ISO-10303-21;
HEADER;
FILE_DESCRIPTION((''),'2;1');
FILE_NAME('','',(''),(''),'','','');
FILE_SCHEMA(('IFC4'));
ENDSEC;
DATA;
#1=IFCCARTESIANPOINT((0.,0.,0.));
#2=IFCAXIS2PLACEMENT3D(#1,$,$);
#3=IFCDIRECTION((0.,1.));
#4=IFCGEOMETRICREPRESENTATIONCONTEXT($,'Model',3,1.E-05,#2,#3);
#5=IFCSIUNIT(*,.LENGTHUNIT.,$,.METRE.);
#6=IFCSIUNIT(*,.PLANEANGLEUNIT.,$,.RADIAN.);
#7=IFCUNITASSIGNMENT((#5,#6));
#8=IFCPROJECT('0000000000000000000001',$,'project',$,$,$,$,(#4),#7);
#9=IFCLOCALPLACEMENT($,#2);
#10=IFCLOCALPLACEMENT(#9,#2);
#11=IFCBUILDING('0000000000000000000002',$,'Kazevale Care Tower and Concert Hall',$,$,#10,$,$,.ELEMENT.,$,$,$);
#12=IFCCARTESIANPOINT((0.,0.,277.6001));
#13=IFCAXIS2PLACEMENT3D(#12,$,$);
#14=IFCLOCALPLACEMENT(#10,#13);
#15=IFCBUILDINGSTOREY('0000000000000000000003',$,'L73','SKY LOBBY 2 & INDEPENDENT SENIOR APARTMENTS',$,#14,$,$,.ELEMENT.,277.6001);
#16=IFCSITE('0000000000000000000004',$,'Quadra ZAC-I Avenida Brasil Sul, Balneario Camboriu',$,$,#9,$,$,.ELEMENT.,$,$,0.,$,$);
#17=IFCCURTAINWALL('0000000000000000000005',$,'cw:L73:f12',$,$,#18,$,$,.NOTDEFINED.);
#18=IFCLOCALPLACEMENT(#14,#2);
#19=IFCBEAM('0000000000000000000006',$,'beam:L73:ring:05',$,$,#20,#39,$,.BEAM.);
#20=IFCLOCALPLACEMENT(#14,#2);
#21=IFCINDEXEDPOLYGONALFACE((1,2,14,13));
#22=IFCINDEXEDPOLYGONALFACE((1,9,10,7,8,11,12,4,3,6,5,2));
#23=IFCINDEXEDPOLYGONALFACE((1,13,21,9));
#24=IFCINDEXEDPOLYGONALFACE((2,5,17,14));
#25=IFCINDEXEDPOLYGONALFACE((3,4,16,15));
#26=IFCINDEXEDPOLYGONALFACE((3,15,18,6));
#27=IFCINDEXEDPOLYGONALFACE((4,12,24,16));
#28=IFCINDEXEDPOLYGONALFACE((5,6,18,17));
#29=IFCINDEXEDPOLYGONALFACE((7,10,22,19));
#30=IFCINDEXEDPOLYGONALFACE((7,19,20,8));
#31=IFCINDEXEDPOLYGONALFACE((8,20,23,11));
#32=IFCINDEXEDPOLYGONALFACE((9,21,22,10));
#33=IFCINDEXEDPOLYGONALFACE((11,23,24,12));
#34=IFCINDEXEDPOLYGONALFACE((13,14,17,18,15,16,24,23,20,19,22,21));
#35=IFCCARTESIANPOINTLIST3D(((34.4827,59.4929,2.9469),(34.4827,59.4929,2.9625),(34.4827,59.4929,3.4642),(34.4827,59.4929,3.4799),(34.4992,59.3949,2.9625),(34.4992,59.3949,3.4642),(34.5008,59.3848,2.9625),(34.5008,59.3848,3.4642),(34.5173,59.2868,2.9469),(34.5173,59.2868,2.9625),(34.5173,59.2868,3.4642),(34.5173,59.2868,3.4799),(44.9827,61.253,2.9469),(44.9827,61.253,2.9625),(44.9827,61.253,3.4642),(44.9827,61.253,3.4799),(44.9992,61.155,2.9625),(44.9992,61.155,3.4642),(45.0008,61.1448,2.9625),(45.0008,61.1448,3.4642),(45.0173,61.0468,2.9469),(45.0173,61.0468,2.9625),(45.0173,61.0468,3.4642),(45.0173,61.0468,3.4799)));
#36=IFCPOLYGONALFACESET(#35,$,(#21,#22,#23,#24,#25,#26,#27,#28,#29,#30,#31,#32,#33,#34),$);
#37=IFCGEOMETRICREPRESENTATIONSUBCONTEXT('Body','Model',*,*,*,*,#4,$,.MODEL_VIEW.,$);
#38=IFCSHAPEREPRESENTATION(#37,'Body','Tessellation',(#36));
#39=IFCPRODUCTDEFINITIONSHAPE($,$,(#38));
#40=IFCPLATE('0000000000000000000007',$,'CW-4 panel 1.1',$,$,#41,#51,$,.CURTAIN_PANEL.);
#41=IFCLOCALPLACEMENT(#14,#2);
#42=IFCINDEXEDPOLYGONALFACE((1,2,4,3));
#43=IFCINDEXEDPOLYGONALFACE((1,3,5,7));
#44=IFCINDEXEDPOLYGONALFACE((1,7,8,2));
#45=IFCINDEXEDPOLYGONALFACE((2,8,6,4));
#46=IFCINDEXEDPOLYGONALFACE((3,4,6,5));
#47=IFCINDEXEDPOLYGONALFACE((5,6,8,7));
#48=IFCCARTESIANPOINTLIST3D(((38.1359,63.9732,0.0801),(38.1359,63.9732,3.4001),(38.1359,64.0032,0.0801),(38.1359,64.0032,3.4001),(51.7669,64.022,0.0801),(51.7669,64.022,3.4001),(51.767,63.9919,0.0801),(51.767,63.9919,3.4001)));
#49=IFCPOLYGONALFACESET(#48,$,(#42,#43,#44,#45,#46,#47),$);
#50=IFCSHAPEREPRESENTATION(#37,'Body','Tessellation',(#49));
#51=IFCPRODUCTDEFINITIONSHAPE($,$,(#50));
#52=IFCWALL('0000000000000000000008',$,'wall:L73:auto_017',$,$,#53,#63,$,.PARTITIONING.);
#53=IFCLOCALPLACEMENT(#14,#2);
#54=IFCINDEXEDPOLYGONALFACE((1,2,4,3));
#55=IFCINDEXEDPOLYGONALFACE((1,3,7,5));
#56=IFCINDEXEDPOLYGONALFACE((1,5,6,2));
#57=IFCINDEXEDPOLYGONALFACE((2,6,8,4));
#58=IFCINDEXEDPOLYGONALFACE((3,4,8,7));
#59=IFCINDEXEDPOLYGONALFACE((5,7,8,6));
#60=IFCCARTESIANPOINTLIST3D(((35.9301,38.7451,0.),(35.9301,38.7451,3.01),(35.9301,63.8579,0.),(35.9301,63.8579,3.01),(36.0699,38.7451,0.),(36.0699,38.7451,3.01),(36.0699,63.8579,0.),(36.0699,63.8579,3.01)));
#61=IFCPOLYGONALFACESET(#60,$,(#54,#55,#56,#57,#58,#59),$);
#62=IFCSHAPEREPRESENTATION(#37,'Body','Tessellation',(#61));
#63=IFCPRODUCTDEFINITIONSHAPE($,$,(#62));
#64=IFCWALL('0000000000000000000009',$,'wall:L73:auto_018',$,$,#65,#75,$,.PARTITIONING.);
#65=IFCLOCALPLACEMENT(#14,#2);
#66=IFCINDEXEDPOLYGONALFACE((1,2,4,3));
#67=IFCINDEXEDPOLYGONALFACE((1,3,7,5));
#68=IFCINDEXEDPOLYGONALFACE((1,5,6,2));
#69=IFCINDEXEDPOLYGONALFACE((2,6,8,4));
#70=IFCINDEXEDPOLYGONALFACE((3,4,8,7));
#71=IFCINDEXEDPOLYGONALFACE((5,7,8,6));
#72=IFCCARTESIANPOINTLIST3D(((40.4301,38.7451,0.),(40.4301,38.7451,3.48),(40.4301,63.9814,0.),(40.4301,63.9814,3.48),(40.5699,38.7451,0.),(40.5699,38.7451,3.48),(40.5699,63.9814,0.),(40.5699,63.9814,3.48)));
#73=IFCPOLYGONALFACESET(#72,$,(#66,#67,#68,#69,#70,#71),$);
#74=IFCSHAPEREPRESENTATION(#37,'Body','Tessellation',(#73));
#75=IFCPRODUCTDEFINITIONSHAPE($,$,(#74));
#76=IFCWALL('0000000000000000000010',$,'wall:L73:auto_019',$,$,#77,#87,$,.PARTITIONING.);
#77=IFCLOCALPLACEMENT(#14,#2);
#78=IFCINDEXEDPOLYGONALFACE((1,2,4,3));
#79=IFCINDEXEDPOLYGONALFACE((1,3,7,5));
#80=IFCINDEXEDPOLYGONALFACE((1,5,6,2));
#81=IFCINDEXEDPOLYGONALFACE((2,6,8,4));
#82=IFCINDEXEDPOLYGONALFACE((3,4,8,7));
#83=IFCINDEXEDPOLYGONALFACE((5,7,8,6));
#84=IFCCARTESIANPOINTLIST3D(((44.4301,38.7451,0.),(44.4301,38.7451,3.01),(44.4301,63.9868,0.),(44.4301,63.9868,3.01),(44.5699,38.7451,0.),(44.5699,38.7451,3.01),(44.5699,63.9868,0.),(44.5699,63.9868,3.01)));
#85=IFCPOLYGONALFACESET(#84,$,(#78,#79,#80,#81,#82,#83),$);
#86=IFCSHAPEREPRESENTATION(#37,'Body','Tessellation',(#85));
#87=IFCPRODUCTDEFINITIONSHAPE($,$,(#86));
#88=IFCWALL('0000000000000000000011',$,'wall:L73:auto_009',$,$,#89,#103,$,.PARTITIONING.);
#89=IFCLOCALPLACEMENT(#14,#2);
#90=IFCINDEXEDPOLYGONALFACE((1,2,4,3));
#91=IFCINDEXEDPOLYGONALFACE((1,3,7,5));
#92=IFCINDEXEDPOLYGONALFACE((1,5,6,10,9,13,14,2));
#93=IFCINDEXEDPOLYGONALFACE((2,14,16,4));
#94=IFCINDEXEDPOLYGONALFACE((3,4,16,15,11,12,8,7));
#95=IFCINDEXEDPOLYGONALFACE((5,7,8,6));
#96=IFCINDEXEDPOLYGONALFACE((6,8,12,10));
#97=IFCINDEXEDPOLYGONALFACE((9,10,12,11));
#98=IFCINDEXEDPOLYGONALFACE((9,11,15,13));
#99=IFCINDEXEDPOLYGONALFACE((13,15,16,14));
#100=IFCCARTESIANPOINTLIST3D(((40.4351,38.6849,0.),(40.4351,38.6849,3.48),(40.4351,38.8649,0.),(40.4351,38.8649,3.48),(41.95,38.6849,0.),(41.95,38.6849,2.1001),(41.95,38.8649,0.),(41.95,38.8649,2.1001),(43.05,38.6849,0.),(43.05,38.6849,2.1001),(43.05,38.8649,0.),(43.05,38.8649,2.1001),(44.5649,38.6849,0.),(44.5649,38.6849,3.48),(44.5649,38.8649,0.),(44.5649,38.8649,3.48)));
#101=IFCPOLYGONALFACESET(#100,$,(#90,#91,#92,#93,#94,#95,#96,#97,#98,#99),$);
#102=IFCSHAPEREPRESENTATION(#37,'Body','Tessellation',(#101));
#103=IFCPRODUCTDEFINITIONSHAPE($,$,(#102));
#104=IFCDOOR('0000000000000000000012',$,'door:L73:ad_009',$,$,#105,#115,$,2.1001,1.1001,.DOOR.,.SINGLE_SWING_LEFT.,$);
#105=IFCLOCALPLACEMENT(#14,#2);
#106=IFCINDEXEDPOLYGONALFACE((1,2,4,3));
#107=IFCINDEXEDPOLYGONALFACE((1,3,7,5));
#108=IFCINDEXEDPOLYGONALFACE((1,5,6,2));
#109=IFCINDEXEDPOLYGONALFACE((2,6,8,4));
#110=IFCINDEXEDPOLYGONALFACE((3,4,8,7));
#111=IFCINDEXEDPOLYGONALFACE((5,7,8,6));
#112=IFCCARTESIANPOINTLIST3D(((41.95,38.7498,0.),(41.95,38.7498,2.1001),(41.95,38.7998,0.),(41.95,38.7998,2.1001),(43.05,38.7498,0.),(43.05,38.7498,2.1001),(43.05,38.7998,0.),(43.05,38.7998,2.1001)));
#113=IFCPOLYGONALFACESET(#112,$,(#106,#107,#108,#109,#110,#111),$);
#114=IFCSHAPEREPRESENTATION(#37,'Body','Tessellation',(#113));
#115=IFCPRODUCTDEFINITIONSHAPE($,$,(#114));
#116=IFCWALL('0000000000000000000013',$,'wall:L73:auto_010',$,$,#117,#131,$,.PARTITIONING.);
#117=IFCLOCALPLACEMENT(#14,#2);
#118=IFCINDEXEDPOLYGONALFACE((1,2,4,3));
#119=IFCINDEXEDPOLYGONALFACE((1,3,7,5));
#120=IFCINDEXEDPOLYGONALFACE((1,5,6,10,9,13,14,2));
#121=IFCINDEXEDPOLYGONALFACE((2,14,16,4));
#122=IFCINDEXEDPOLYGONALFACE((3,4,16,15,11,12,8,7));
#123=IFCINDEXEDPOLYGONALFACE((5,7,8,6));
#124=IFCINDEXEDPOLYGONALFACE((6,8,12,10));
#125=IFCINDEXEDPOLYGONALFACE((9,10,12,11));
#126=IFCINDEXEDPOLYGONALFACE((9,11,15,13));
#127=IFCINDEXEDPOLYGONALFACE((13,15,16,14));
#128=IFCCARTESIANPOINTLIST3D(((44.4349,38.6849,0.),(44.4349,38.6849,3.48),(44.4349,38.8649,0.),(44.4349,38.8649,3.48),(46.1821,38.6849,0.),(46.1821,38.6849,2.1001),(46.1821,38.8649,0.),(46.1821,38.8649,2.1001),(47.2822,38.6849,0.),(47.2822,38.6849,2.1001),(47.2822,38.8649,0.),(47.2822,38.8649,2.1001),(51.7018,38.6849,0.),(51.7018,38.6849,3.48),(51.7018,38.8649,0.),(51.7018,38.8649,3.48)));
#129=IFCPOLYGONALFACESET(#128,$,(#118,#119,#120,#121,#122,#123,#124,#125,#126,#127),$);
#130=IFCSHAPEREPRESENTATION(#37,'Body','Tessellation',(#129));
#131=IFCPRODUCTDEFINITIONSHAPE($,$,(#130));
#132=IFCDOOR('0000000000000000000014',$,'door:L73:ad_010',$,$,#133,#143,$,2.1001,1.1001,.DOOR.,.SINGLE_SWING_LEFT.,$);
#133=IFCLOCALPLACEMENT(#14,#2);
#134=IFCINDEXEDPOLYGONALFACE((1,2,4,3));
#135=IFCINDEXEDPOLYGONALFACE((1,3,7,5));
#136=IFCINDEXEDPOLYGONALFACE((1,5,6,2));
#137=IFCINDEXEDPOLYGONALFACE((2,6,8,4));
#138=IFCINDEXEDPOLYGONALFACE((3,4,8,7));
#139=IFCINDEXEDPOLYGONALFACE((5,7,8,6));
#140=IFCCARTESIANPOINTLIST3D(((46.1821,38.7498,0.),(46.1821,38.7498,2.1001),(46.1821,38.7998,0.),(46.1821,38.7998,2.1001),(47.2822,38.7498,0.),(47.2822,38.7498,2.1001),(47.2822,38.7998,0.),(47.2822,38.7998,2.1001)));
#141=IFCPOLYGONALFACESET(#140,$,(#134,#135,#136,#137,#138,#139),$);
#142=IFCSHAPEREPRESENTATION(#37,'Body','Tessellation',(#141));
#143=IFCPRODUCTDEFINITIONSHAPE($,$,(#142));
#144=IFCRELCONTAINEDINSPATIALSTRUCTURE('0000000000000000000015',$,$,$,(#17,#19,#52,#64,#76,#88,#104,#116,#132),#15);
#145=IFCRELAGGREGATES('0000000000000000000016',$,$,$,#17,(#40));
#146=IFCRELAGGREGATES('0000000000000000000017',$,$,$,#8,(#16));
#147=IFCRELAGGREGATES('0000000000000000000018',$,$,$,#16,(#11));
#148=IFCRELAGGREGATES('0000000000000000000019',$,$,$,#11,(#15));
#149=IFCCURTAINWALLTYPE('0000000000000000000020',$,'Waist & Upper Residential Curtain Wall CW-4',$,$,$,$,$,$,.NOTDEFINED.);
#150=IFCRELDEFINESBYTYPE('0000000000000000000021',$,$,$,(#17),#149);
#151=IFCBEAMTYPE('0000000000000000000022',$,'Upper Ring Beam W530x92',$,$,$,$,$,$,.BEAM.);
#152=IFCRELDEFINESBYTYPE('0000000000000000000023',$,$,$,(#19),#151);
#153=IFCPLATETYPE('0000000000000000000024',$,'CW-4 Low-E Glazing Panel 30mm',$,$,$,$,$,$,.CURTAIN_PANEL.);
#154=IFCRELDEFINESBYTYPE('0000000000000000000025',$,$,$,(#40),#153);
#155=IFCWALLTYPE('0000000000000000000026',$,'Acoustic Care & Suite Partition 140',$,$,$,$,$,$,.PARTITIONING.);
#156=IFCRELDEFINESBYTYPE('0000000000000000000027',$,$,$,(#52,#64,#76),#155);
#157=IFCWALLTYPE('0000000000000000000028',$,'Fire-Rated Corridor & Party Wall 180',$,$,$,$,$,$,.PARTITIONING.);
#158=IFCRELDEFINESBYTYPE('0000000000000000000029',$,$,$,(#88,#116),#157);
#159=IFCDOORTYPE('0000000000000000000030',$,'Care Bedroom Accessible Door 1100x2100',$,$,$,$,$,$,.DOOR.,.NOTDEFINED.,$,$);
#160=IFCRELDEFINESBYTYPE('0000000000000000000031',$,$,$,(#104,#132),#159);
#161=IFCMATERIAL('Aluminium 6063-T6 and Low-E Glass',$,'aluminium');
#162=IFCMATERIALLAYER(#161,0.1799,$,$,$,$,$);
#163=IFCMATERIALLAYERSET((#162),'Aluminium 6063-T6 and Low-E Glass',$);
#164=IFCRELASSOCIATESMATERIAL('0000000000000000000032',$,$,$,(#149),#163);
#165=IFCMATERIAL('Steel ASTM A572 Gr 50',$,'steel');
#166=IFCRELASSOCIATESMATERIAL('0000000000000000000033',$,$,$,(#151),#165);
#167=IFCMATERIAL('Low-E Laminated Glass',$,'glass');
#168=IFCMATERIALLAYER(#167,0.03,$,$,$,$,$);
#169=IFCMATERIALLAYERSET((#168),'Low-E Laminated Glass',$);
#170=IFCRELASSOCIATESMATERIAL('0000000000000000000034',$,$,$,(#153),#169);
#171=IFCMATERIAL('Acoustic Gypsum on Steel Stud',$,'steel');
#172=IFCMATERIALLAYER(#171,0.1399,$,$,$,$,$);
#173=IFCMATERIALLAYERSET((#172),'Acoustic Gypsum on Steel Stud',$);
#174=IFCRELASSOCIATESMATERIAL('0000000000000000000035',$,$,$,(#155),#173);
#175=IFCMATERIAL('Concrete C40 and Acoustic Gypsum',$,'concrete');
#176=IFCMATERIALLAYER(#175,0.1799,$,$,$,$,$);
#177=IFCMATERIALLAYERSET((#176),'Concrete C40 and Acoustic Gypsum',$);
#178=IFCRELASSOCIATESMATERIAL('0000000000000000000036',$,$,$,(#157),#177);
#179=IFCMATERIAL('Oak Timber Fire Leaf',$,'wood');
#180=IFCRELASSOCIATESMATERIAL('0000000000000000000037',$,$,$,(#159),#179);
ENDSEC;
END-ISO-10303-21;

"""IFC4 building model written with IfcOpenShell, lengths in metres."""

from ifc_helpers import new_model, si_unit, direction, frame, frame_2d, origin, origin_2d, place, context, subcontext, project, spatial, rectangle, i_section, extrude, material, layer, layer_set, material_profile, profile_set, type_object, element, fill, aggregate, save


model = new_model("IFC4")

# Units and contexts
model_context = context("Model", 3, precision=1e-05, world=origin(), true_north=direction((0.0, 1.0)))
body_context = subcontext(model_context, "Body", "Model", "MODEL_VIEW")
ifc_project = project(units=[si_unit("LENGTHUNIT", "METRE"), si_unit("PLANEANGLEUNIT", "RADIAN")], contexts=[model_context])

# Site, building, storey
site_placement = place(None, origin())
site = spatial("IfcSite", under=ifc_project, at=site_placement, Name="Quadra ZAC-I Avenida Brasil Sul, Balneario Camboriu", CompositionType="ELEMENT", RefElevation=0.0)
building_placement = place(site_placement, origin())
building = spatial("IfcBuilding", under=site, at=building_placement, Name="Kazevale Care Tower and Concert Hall", CompositionType="ELEMENT")
storey_placement = place(building_placement, frame((0.0, 0.0, 277.6001)))
storey = spatial("IfcBuildingStorey", under=building, at=storey_placement, Name="L73", Description="SKY LOBBY 2 & INDEPENDENT SENIOR APARTMENTS", CompositionType="ELEMENT", Elevation=277.6001)

# Shared definitions
ifc_material_1 = material(Name="Aluminium 6063-T6 and Low-E Glass", Category="aluminium")
ifc_layer_1 = layer(ifc_material_1, 0.1799)
ifc_layer_set_1 = layer_set([ifc_layer_1], Name="Aluminium 6063-T6 and Low-E Glass")
curtain_wall_type = type_object("IfcCurtainWallType", Name="Waist & Upper Residential Curtain Wall CW-4", PredefinedType="NOTDEFINED", material=ifc_layer_set_1)

# Curtain wall
curtain_wall_1_placement = place(storey_placement, origin())
curtain_wall_1 = element("IfcCurtainWall", 1, at=curtain_wall_1_placement, inside=storey, type_object=curtain_wall_type, Name="cw:L73:f12", PredefinedType="NOTDEFINED")

# Beam
ifc_material_2 = material(Name="Steel ASTM A572 Gr 50", Category="steel")
ifc_material_profile_1 = material_profile(ifc_material_2, i_section(OverallWidth=0.209, OverallDepth=0.533, WebThickness=0.0103, FlangeThickness=0.0156, at=origin_2d()), Name="W530x92")
ifc_profile_set_1 = profile_set([ifc_material_profile_1], Name="Steel ASTM A572 Gr 50")
beam_type_1 = type_object("IfcBeamType", Name="Upper Ring Beam W530x92", PredefinedType="BEAM", material=ifc_profile_set_1)
beam_1_placement = place(storey_placement, frame((45.0, 61.1499, 3.2134), z_axis=(-0.986241, -0.165314, 0.0), x_axis=(0.165314, -0.986241, 0.0)))
element("IfcBeam", 2, at=beam_1_placement, inside=storey, type_object=beam_type_1, Name="beam:L73:ring:05", PredefinedType="BEAM", context=body_context, shape_type="SweptSolid", body=[
    extrude(i_section(OverallWidth=0.209, OverallDepth=0.533, WebThickness=0.0103, FlangeThickness=0.0156, at=origin_2d()), origin(), (0.0, 0.0, 1.0), 10.6465),
])

# Plate
ifc_material_3 = material(Name="Low-E Laminated Glass", Category="glass")
ifc_layer_2 = layer(ifc_material_3, 0.03)
ifc_layer_set_2 = layer_set([ifc_layer_2], Name="Low-E Laminated Glass")
plate_type = type_object("IfcPlateType", Name="CW-4 Low-E Glazing Panel 30mm", PredefinedType="CURTAIN_PANEL", material=ifc_layer_set_2)
plate_placement = place(storey_placement, frame((44.9514, 63.9976, 0.0801), z_axis=(0.0, 0.0, 1.0), x_axis=(0.999999, 0.001378, 0.0)))
plate = element("IfcPlate", 3, at=plate_placement, type_object=plate_type, Name="CW-4 panel 1.1", PredefinedType="CURTAIN_PANEL", context=body_context, shape_type="SweptSolid", body=[
    extrude(rectangle(XDim=13.6311, YDim=0.03, at=origin_2d()), origin(), (0.0, 0.0, 1.0), 3.3201),
])
aggregate(curtain_wall_1, [plate])

# Walls
ifc_material_4 = material(Name="Acoustic Gypsum on Steel Stud", Category="steel")
ifc_layer_3 = layer(ifc_material_4, 0.1399)
ifc_layer_set_3 = layer_set([ifc_layer_3], Name="Acoustic Gypsum on Steel Stud")
wall_type_1 = type_object("IfcWallType", Name="Acoustic Care & Suite Partition 140", PredefinedType="PARTITIONING", material=ifc_layer_set_3)
wall_1_placement = place(storey_placement, frame((36.0, 63.8579, 0.0), z_axis=(0.0, 0.0, 1.0), x_axis=(0.0, -1.0, 0.0)))
element("IfcWall", 4, at=wall_1_placement, inside=storey, type_object=wall_type_1, Name="wall:L73:auto_017", PredefinedType="PARTITIONING", context=body_context, shape_type="SweptSolid", body=[
    extrude(rectangle(XDim=25.1128, YDim=0.1399, at=frame_2d((12.5564, 0.0))), origin(), (0.0, 0.0, 1.0), 3.01),
])
wall_2_placement = place(storey_placement, frame((40.5, 63.9814, 0.0), z_axis=(0.0, 0.0, 1.0), x_axis=(0.0, -1.0, 0.0)))
element("IfcWall", 5, at=wall_2_placement, inside=storey, type_object=wall_type_1, Name="wall:L73:auto_018", PredefinedType="PARTITIONING", context=body_context, shape_type="SweptSolid", body=[
    extrude(rectangle(XDim=25.2363, YDim=0.1399, at=frame_2d((12.6182, 0.0))), origin(), (0.0, 0.0, 1.0), 3.48),
])
wall_3_placement = place(storey_placement, frame((44.5, 63.9868, 0.0), z_axis=(0.0, 0.0, 1.0), x_axis=(0.0, -1.0, 0.0)))
element("IfcWall", 6, at=wall_3_placement, inside=storey, type_object=wall_type_1, Name="wall:L73:auto_019", PredefinedType="PARTITIONING", context=body_context, shape_type="SweptSolid", body=[
    extrude(rectangle(XDim=25.2417, YDim=0.1399, at=frame_2d((12.6208, 0.0))), origin(), (0.0, 0.0, 1.0), 3.01),
])

# Walls, openings, doors
ifc_material_5 = material(Name="Concrete C40 and Acoustic Gypsum", Category="concrete")
ifc_layer_4 = layer(ifc_material_5, 0.1799)
ifc_layer_set_4 = layer_set([ifc_layer_4], Name="Concrete C40 and Acoustic Gypsum")
wall_type_2 = type_object("IfcWallType", Name="Fire-Rated Corridor & Party Wall 180", PredefinedType="PARTITIONING", material=ifc_layer_set_4)
wall_4_placement = place(storey_placement, frame((40.4351, 38.7749, 0.0), z_axis=(0.0, 0.0, 1.0), x_axis=(1.0, 0.0, 0.0)))
wall_4 = element("IfcWall", 7, at=wall_4_placement, inside=storey, type_object=wall_type_2, Name="wall:L73:auto_009", PredefinedType="PARTITIONING", context=body_context, shape_type="SweptSolid", body=[
    extrude(rectangle(XDim=4.1299, YDim=0.1799, at=frame_2d((2.0649, 0.0))), origin(), (0.0, 0.0, 1.0), 3.48),
])
opening_1_placement = place(wall_4_placement, frame((1.5149, 0.0, 0.0)))
opening_1 = element("IfcOpeningElement", 8, at=opening_1_placement, cuts=wall_4, PredefinedType="OPENING", context=body_context, shape_type="SweptSolid", body=[
    extrude(rectangle(XDim=1.1001, YDim=2.1001, at=frame_2d((0.55, 1.05))), frame((0.0, 0.0999, 0.0), z_axis=(0.0, -1.0, 0.0), x_axis=(1.0, 0.0, 0.0)), (0.0, 0.0, 1.0), 0.2),
])
ifc_material_6 = material(Name="Oak Timber Fire Leaf", Category="wood")
door_type = type_object("IfcDoorType", Name="Care Bedroom Accessible Door 1100x2100", OperationType="NOTDEFINED", PredefinedType="DOOR", material=ifc_material_6)
door_1_placement = place(opening_1_placement, origin())
door_1 = element("IfcDoor", 9, at=door_1_placement, inside=storey, type_object=door_type, Name="door:L73:ad_009", OperationType="SINGLE_SWING_LEFT", OverallHeight=2.1001, OverallWidth=1.1001, PredefinedType="DOOR", context=body_context, shape_type="SweptSolid", body=[
    extrude(rectangle(XDim=1.1001, YDim=2.1001, at=frame_2d((0.55, 1.05))), frame((0.0, 0.0249, 0.0), z_axis=(0.0, -1.0, 0.0), x_axis=(1.0, 0.0, 0.0)), (0.0, 0.0, 1.0), 0.05),
])
fill(opening_1, door_1)
wall_5_placement = place(storey_placement, frame((44.4351, 38.7749, 0.0), z_axis=(0.0, 0.0, 1.0), x_axis=(1.0, 0.0, 0.0)))
wall_5 = element("IfcWall", 10, at=wall_5_placement, inside=storey, type_object=wall_type_2, Name="wall:L73:auto_010", PredefinedType="PARTITIONING", context=body_context, shape_type="SweptSolid", body=[
    extrude(rectangle(XDim=7.2668, YDim=0.1799, at=frame_2d((3.6333, 0.0))), origin(), (0.0, 0.0, 1.0), 3.48),
])
opening_2_placement = place(wall_5_placement, frame((1.7471, 0.0, 0.0)))
opening_2 = element("IfcOpeningElement", 11, at=opening_2_placement, cuts=wall_5, PredefinedType="OPENING", context=body_context, shape_type="SweptSolid", body=[
    extrude(rectangle(XDim=1.1001, YDim=2.1001, at=frame_2d((0.55, 1.05))), frame((0.0, 0.0999, 0.0), z_axis=(0.0, -1.0, 0.0), x_axis=(1.0, 0.0, 0.0)), (0.0, 0.0, 1.0), 0.2),
])
door_2_placement = place(opening_2_placement, origin())
door_2 = element("IfcDoor", 12, at=door_2_placement, inside=storey, type_object=door_type, Name="door:L73:ad_010", OperationType="SINGLE_SWING_LEFT", OverallHeight=2.1001, OverallWidth=1.1001, PredefinedType="DOOR", context=body_context, shape_type="SweptSolid", body=[
    extrude(rectangle(XDim=1.1001, YDim=2.1001, at=frame_2d((0.55, 1.05))), frame((0.0, 0.0249, 0.0), z_axis=(0.0, -1.0, 0.0), x_axis=(1.0, 0.0, 0.0)), (0.0, 0.0, 1.0), 0.05),
])
fill(opening_2, door_2)

save(model, "model.ifc")
